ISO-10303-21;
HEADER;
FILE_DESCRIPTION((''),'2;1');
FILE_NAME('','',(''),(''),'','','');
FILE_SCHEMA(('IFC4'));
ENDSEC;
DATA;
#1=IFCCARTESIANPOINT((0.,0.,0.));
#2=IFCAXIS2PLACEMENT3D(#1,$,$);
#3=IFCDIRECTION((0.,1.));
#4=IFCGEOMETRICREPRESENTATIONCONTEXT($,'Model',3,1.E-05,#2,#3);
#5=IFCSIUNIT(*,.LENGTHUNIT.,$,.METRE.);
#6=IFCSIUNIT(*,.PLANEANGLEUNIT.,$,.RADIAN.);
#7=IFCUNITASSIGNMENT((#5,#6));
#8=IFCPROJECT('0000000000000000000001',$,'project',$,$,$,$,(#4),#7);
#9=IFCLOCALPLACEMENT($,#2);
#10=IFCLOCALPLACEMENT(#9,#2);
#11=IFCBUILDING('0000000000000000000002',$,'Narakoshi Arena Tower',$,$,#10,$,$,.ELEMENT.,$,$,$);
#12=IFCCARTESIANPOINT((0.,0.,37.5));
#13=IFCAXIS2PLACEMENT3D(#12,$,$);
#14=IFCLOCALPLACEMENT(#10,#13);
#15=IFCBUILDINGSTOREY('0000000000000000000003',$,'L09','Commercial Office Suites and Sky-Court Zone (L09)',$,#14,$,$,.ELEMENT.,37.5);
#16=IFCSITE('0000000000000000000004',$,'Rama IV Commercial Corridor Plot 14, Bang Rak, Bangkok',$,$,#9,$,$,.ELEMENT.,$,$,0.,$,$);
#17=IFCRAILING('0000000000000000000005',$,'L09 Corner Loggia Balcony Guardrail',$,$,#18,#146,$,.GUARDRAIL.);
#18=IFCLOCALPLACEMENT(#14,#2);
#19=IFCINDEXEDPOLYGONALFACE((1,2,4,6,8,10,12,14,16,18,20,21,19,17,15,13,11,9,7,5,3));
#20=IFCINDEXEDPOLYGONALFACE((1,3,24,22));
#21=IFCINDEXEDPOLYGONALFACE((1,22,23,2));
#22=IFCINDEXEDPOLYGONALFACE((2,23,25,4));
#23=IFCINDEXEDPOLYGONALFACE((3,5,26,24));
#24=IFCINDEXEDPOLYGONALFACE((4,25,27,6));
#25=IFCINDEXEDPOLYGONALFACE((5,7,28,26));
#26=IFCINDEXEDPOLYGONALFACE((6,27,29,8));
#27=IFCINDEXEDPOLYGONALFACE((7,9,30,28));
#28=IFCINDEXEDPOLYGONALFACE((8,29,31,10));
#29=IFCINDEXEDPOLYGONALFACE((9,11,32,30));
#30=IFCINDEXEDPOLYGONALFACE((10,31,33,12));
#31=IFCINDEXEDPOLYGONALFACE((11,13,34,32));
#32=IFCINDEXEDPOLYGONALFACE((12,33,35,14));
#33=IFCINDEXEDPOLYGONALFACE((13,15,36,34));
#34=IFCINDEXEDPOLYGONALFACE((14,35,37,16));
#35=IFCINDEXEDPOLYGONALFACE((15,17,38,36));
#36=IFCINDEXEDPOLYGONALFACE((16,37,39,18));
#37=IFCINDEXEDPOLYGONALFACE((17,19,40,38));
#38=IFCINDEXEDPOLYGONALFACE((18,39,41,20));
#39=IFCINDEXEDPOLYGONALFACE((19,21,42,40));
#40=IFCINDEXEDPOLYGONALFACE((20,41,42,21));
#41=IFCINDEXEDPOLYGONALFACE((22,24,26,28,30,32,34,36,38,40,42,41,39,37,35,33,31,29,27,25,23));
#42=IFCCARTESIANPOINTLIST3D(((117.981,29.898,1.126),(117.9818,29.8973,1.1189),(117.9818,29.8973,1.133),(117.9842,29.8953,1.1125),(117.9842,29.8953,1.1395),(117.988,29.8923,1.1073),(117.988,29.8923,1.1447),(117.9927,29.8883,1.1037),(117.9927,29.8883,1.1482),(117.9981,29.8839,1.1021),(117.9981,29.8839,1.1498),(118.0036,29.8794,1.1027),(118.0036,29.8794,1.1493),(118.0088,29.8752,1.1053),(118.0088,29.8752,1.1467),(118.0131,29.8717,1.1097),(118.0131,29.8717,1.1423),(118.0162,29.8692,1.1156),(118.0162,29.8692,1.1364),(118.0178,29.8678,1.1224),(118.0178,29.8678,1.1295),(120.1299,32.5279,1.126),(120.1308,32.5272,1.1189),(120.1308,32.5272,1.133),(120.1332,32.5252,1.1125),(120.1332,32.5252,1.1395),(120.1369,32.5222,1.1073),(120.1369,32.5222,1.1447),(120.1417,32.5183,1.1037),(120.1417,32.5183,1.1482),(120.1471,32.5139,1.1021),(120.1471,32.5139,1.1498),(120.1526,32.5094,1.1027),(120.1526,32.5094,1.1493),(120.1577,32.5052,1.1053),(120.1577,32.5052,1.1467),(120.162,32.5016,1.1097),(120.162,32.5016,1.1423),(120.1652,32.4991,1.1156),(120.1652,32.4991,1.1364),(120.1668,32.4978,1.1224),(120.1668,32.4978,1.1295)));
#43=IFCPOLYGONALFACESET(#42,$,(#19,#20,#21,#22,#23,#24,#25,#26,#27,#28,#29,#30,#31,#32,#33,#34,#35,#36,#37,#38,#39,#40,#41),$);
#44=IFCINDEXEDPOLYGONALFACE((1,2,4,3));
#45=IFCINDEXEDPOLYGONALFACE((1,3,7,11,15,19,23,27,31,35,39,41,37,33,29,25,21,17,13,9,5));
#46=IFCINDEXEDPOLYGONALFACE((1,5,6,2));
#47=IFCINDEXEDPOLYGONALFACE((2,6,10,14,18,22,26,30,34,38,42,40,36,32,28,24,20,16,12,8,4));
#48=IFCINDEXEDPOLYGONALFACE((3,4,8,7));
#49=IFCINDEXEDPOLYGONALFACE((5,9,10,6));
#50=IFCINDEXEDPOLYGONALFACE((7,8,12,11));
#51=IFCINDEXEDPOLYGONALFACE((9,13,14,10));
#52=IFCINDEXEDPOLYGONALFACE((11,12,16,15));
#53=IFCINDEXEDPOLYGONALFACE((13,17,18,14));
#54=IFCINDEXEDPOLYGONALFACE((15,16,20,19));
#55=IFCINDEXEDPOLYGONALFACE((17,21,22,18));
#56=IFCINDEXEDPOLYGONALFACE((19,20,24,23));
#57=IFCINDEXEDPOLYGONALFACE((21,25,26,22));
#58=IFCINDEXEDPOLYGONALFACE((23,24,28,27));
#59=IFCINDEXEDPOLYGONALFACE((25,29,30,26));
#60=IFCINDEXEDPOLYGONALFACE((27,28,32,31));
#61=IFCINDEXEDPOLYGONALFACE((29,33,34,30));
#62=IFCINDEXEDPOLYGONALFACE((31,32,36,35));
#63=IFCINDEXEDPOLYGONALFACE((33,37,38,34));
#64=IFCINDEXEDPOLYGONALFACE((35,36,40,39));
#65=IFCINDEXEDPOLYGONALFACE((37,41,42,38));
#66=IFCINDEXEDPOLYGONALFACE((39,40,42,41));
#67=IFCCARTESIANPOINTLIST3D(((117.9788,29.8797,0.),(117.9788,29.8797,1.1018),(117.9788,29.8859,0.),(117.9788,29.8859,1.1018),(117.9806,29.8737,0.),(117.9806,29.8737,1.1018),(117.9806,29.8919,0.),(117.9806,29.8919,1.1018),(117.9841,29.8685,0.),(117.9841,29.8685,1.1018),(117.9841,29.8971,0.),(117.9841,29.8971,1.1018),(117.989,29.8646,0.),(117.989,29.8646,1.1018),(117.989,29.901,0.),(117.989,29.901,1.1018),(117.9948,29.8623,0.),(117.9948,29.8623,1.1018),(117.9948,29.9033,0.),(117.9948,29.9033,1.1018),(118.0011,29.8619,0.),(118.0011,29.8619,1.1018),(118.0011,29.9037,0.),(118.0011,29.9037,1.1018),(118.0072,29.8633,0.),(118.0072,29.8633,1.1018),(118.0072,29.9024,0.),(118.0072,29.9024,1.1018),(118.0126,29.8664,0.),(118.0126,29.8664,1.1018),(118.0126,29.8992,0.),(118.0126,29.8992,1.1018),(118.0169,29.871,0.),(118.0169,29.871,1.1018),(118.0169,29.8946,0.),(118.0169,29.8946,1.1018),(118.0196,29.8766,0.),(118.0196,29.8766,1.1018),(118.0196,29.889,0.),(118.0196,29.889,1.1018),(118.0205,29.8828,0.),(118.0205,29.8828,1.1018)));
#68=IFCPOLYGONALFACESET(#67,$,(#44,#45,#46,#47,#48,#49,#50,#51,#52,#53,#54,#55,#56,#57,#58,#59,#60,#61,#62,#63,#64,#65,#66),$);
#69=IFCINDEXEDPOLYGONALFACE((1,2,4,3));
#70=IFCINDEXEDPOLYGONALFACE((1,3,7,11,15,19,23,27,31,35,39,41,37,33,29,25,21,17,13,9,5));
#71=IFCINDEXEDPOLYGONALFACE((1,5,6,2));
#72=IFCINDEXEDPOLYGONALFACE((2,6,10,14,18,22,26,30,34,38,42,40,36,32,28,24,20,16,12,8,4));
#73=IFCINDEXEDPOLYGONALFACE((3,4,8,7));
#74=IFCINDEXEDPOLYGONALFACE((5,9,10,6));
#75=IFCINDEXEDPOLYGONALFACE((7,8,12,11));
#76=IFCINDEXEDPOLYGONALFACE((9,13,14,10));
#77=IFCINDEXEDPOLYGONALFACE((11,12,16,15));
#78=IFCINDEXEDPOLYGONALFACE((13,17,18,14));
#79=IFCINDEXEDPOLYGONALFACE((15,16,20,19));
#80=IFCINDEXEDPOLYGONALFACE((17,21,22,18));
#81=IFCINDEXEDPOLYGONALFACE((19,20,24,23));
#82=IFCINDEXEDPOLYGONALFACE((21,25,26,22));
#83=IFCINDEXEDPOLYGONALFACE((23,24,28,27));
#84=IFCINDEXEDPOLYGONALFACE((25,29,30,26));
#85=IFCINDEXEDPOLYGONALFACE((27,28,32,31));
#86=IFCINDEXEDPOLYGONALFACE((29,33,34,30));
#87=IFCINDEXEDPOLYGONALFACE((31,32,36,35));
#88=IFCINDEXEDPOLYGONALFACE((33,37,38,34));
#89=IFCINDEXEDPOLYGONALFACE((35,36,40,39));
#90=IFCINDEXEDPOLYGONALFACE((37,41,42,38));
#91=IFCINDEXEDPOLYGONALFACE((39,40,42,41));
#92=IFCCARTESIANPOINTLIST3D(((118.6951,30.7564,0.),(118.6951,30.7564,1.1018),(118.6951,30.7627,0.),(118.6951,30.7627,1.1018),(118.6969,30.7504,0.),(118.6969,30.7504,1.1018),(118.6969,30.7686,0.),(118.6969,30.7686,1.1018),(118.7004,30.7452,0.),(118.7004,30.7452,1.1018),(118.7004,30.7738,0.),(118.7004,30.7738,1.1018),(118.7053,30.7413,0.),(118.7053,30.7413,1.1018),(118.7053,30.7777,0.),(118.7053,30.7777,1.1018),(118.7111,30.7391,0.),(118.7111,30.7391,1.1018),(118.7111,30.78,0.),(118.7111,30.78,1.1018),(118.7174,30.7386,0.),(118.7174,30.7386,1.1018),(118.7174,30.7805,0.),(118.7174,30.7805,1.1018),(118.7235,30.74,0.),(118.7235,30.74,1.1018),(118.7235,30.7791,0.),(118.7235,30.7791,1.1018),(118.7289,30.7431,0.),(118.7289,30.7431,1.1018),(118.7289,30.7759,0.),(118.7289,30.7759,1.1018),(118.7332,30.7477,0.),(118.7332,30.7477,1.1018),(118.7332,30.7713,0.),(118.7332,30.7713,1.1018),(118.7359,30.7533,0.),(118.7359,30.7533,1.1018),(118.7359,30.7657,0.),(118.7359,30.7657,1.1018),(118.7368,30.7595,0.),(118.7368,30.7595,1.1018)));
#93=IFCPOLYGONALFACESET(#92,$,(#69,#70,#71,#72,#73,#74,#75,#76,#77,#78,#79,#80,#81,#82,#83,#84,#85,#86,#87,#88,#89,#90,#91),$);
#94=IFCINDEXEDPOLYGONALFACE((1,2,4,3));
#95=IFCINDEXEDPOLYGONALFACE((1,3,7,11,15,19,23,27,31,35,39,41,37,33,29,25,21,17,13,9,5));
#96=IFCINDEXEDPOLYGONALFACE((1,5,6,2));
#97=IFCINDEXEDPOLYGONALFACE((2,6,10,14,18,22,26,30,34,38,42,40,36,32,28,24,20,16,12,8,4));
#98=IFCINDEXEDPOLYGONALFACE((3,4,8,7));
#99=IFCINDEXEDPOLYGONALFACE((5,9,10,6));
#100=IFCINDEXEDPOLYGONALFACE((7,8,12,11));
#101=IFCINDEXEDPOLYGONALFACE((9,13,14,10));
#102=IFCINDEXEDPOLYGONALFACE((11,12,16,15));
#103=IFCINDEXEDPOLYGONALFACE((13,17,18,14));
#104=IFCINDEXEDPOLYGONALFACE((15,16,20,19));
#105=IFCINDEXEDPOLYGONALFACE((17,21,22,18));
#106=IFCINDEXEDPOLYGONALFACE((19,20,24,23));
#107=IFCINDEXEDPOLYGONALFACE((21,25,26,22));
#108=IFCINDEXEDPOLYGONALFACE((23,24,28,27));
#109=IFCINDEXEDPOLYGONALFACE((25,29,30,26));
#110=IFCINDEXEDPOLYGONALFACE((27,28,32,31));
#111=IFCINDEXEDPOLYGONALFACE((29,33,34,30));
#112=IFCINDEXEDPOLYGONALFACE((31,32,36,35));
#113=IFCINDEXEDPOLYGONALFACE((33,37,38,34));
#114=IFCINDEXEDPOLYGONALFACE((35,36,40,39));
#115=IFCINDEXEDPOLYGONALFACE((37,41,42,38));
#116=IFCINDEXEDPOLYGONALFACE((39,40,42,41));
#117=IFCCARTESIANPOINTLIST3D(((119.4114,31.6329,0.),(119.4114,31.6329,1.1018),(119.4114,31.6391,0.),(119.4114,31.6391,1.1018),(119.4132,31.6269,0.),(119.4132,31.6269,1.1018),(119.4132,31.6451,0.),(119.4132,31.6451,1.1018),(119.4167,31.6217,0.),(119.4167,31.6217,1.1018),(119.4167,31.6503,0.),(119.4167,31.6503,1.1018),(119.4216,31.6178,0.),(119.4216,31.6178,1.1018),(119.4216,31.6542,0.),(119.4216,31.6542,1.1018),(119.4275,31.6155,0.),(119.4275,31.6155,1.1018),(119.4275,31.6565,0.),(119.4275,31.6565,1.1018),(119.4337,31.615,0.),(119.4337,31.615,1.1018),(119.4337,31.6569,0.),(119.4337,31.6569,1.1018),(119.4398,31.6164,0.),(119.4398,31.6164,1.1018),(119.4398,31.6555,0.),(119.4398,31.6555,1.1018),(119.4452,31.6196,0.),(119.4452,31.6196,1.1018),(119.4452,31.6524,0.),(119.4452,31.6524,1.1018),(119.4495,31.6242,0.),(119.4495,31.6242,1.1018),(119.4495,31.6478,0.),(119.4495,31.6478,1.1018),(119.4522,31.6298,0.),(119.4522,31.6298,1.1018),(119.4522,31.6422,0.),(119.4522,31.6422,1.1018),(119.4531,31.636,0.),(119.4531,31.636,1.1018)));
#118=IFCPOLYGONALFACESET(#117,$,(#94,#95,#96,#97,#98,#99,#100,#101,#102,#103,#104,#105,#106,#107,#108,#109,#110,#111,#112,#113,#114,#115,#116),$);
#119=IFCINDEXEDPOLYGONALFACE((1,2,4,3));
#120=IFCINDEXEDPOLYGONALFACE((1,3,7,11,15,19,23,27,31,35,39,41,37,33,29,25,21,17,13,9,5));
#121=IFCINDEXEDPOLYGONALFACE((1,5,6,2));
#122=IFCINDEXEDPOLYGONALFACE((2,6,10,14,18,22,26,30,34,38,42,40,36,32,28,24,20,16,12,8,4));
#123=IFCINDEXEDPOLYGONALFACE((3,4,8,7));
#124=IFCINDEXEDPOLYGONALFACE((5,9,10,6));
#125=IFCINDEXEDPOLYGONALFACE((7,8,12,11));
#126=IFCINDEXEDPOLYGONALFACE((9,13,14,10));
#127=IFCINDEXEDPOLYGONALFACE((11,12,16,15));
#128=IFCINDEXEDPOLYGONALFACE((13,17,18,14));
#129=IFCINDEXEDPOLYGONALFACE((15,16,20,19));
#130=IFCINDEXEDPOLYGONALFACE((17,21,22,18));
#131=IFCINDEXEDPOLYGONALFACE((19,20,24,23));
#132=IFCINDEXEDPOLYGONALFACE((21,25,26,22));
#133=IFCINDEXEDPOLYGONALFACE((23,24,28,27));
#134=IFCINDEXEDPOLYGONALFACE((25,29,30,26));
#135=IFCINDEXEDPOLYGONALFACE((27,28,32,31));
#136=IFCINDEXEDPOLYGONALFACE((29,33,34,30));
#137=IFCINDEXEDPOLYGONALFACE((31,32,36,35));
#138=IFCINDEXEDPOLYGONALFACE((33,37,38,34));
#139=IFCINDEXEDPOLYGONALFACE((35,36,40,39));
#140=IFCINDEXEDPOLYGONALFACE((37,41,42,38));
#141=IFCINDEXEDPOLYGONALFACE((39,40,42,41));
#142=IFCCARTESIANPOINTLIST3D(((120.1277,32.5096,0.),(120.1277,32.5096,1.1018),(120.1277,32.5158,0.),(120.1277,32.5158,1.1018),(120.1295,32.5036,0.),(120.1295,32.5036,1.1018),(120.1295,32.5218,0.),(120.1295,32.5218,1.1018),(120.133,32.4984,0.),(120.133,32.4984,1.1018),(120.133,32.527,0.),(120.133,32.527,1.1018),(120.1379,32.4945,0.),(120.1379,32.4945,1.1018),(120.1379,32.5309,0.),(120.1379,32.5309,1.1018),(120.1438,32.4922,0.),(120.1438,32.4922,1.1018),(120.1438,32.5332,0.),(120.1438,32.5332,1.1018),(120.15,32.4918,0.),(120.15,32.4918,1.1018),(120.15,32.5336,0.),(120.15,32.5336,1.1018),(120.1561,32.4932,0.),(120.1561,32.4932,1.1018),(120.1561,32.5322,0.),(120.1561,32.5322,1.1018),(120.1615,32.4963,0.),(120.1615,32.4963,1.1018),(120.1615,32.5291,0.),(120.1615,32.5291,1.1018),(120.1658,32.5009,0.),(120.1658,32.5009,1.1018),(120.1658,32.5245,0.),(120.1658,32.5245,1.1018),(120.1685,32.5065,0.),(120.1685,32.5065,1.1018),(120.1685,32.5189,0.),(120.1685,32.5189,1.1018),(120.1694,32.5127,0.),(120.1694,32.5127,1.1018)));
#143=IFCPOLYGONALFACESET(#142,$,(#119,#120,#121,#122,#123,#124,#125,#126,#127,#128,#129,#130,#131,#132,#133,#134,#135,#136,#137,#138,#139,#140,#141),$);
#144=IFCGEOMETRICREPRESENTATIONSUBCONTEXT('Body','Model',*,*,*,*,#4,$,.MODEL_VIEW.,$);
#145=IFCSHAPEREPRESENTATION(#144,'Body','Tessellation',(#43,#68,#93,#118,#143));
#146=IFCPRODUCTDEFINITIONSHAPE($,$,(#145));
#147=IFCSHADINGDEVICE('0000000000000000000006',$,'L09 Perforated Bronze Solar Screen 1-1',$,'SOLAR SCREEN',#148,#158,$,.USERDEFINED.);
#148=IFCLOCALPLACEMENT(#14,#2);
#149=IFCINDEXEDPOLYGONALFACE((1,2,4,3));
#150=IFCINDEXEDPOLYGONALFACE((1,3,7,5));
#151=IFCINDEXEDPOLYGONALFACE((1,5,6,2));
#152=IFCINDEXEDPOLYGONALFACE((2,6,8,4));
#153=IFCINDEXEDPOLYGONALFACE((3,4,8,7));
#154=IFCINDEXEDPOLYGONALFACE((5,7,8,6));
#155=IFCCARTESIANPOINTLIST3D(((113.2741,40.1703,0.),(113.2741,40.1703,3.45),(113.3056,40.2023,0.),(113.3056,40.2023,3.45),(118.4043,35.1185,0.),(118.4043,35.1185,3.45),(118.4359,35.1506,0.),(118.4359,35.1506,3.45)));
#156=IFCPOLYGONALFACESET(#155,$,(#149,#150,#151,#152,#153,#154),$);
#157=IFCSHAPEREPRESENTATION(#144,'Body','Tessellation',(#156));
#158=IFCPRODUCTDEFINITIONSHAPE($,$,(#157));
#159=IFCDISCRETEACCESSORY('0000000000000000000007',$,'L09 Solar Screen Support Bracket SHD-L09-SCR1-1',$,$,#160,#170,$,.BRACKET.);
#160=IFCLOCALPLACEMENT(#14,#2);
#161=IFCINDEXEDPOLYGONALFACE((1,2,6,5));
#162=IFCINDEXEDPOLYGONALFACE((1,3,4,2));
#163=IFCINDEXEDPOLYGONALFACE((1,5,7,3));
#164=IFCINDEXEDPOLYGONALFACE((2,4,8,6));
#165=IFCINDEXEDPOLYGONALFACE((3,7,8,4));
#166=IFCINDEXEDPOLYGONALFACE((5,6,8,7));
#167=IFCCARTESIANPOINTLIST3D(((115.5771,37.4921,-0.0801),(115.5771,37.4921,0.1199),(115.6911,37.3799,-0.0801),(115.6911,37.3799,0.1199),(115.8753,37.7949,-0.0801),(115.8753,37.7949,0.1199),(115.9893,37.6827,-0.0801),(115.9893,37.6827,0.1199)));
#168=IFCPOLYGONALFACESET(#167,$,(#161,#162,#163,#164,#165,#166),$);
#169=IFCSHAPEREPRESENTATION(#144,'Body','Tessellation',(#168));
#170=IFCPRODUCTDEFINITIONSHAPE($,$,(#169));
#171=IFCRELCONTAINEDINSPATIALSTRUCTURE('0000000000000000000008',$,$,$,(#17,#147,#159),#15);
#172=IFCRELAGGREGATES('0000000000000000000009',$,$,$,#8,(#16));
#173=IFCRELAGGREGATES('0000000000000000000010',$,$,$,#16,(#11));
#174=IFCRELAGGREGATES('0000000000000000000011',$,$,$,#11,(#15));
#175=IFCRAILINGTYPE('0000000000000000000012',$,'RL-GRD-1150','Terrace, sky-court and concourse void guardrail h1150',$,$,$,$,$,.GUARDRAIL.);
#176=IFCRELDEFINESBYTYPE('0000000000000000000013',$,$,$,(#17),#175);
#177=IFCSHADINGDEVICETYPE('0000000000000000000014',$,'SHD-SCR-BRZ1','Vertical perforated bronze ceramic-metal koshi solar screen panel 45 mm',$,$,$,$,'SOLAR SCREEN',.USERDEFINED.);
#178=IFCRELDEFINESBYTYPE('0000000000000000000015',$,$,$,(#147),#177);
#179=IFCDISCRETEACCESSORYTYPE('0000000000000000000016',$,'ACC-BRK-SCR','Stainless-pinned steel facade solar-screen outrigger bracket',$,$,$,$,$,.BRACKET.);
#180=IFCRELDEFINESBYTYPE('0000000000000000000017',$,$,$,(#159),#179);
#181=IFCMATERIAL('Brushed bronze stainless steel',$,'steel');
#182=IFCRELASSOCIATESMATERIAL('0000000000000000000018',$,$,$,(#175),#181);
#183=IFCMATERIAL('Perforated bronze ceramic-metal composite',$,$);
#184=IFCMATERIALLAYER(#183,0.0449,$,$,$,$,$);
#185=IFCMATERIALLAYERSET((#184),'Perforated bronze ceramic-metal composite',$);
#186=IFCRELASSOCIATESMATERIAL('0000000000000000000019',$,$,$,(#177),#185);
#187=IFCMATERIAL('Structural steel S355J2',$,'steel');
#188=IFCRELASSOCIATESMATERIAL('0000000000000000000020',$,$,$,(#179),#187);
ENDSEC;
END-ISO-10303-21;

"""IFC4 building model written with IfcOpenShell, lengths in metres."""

from ifc_helpers import new_model, si_unit, direction, frame, origin, origin_2d, place, context, subcontext, project, spatial, rectangle, circle, extrude, material, layer, layer_set, type_object, element, save


model = new_model("IFC4")

# Units and contexts
model_context = context("Model", 3, precision=1e-05, world=origin(), true_north=direction((0.0, 1.0)))
body_context = subcontext(model_context, "Body", "Model", "MODEL_VIEW")
ifc_project = project(units=[si_unit("LENGTHUNIT", "METRE"), si_unit("PLANEANGLEUNIT", "RADIAN")], contexts=[model_context])

# Site, building, storey
site_placement = place(None, origin())
site = spatial("IfcSite", under=ifc_project, at=site_placement, Name="Rama IV Commercial Corridor Plot 14, Bang Rak, Bangkok", CompositionType="ELEMENT", RefElevation=0.0)
building_placement = place(site_placement, origin())
building = spatial("IfcBuilding", under=site, at=building_placement, Name="Narakoshi Arena Tower", CompositionType="ELEMENT")
storey_placement = place(building_placement, frame((0.0, 0.0, 37.5)))
storey = spatial("IfcBuildingStorey", under=building, at=storey_placement, Name="L09", Description="Commercial Office Suites and Sky-Court Zone (L09)", CompositionType="ELEMENT", Elevation=37.5)

# Shared definitions
ifc_material_1 = material(Name="Structural steel S355J2", Category="steel")

# Railing
ifc_material_2 = material(Name="Brushed bronze stainless steel", Category="steel")
railing_type = type_object("IfcRailingType", Name="RL-GRD-1150", Description="Terrace, sky-court and concourse void guardrail h1150", PredefinedType="GUARDRAIL", material=ifc_material_2)
railing_placement = place(storey_placement, frame((117.9995, 29.8828, 0.0)))
element("IfcRailing", 1, at=railing_placement, inside=storey, type_object=railing_type, Name="L09 Corner Loggia Balcony Guardrail", PredefinedType="GUARDRAIL", context=body_context, shape_type="SweptSolid", body=[
    extrude(circle(Radius=0.0239, at=origin_2d()), frame((0.0, 0.0, 1.126), z_axis=(0.632744, 0.774361, 0.0), x_axis=(-0.774361, 0.632744, 0.0)), (0.0, 0.0, 1.0), 3.3962),
    extrude(circle(Radius=0.021, at=origin_2d()), origin(), (0.0, 0.0, 1.0), 1.1018),
    extrude(circle(Radius=0.021, at=origin_2d()), frame((0.7163, 0.8767, 0.0)), (0.0, 0.0, 1.0), 1.1018),
    extrude(circle(Radius=0.021, at=origin_2d()), frame((1.4326, 1.7532, 0.0)), (0.0, 0.0, 1.0), 1.1018),
    extrude(circle(Radius=0.021, at=origin_2d()), frame((2.1489, 2.6299, 0.0)), (0.0, 0.0, 1.0), 1.1018),
])

# Shading device
ifc_material_3 = material(Name="Perforated bronze ceramic-metal composite")
ifc_layer_1 = layer(ifc_material_3, 0.0449)
ifc_layer_set_1 = layer_set([ifc_layer_1], Name="Perforated bronze ceramic-metal composite")
shading_device_type = type_object("IfcShadingDeviceType", Name="SHD-SCR-BRZ1", Description="Vertical perforated bronze ceramic-metal koshi solar screen panel 45 mm", ElementType="SOLAR SCREEN", PredefinedType="USERDEFINED", material=ifc_layer_set_1)
shading_device_placement = place(storey_placement, frame((115.855, 37.6604, 0.0), z_axis=(0.0, 0.0, 1.0), x_axis=(-0.712541, 0.701631, 0.0)))
element("IfcShadingDevice", 2, at=shading_device_placement, inside=storey, type_object=shading_device_type, Name="L09 Perforated Bronze Solar Screen 1-1", ObjectType="SOLAR SCREEN", PredefinedType="USERDEFINED", context=body_context, shape_type="SweptSolid", body=[
    extrude(rectangle(XDim=7.2, YDim=0.0449, at=origin_2d()), origin(), (0.0, 0.0, 1.0), 3.45),
])

# Discrete accessory
discrete_accessory_type = type_object("IfcDiscreteAccessoryType", Name="ACC-BRK-SCR", Description="Stainless-pinned steel facade solar-screen outrigger bracket", PredefinedType="BRACKET", material=ifc_material_1)
discrete_accessory_placement = place(storey_placement, frame((115.7832, 37.5874, -0.0801), z_axis=(0.0, 0.0, 1.0), x_axis=(-0.712541, 0.701631, 0.0)))
element("IfcDiscreteAccessory", 3, at=discrete_accessory_placement, inside=storey, type_object=discrete_accessory_type, Name="L09 Solar Screen Support Bracket SHD-L09-SCR1-1", PredefinedType="BRACKET", context=body_context, shape_type="SweptSolid", body=[
    extrude(rectangle(XDim=0.1599, YDim=0.425, at=origin_2d()), origin(), (0.0, 0.0, 1.0), 0.2),
])

save(model, "model.ifc")
